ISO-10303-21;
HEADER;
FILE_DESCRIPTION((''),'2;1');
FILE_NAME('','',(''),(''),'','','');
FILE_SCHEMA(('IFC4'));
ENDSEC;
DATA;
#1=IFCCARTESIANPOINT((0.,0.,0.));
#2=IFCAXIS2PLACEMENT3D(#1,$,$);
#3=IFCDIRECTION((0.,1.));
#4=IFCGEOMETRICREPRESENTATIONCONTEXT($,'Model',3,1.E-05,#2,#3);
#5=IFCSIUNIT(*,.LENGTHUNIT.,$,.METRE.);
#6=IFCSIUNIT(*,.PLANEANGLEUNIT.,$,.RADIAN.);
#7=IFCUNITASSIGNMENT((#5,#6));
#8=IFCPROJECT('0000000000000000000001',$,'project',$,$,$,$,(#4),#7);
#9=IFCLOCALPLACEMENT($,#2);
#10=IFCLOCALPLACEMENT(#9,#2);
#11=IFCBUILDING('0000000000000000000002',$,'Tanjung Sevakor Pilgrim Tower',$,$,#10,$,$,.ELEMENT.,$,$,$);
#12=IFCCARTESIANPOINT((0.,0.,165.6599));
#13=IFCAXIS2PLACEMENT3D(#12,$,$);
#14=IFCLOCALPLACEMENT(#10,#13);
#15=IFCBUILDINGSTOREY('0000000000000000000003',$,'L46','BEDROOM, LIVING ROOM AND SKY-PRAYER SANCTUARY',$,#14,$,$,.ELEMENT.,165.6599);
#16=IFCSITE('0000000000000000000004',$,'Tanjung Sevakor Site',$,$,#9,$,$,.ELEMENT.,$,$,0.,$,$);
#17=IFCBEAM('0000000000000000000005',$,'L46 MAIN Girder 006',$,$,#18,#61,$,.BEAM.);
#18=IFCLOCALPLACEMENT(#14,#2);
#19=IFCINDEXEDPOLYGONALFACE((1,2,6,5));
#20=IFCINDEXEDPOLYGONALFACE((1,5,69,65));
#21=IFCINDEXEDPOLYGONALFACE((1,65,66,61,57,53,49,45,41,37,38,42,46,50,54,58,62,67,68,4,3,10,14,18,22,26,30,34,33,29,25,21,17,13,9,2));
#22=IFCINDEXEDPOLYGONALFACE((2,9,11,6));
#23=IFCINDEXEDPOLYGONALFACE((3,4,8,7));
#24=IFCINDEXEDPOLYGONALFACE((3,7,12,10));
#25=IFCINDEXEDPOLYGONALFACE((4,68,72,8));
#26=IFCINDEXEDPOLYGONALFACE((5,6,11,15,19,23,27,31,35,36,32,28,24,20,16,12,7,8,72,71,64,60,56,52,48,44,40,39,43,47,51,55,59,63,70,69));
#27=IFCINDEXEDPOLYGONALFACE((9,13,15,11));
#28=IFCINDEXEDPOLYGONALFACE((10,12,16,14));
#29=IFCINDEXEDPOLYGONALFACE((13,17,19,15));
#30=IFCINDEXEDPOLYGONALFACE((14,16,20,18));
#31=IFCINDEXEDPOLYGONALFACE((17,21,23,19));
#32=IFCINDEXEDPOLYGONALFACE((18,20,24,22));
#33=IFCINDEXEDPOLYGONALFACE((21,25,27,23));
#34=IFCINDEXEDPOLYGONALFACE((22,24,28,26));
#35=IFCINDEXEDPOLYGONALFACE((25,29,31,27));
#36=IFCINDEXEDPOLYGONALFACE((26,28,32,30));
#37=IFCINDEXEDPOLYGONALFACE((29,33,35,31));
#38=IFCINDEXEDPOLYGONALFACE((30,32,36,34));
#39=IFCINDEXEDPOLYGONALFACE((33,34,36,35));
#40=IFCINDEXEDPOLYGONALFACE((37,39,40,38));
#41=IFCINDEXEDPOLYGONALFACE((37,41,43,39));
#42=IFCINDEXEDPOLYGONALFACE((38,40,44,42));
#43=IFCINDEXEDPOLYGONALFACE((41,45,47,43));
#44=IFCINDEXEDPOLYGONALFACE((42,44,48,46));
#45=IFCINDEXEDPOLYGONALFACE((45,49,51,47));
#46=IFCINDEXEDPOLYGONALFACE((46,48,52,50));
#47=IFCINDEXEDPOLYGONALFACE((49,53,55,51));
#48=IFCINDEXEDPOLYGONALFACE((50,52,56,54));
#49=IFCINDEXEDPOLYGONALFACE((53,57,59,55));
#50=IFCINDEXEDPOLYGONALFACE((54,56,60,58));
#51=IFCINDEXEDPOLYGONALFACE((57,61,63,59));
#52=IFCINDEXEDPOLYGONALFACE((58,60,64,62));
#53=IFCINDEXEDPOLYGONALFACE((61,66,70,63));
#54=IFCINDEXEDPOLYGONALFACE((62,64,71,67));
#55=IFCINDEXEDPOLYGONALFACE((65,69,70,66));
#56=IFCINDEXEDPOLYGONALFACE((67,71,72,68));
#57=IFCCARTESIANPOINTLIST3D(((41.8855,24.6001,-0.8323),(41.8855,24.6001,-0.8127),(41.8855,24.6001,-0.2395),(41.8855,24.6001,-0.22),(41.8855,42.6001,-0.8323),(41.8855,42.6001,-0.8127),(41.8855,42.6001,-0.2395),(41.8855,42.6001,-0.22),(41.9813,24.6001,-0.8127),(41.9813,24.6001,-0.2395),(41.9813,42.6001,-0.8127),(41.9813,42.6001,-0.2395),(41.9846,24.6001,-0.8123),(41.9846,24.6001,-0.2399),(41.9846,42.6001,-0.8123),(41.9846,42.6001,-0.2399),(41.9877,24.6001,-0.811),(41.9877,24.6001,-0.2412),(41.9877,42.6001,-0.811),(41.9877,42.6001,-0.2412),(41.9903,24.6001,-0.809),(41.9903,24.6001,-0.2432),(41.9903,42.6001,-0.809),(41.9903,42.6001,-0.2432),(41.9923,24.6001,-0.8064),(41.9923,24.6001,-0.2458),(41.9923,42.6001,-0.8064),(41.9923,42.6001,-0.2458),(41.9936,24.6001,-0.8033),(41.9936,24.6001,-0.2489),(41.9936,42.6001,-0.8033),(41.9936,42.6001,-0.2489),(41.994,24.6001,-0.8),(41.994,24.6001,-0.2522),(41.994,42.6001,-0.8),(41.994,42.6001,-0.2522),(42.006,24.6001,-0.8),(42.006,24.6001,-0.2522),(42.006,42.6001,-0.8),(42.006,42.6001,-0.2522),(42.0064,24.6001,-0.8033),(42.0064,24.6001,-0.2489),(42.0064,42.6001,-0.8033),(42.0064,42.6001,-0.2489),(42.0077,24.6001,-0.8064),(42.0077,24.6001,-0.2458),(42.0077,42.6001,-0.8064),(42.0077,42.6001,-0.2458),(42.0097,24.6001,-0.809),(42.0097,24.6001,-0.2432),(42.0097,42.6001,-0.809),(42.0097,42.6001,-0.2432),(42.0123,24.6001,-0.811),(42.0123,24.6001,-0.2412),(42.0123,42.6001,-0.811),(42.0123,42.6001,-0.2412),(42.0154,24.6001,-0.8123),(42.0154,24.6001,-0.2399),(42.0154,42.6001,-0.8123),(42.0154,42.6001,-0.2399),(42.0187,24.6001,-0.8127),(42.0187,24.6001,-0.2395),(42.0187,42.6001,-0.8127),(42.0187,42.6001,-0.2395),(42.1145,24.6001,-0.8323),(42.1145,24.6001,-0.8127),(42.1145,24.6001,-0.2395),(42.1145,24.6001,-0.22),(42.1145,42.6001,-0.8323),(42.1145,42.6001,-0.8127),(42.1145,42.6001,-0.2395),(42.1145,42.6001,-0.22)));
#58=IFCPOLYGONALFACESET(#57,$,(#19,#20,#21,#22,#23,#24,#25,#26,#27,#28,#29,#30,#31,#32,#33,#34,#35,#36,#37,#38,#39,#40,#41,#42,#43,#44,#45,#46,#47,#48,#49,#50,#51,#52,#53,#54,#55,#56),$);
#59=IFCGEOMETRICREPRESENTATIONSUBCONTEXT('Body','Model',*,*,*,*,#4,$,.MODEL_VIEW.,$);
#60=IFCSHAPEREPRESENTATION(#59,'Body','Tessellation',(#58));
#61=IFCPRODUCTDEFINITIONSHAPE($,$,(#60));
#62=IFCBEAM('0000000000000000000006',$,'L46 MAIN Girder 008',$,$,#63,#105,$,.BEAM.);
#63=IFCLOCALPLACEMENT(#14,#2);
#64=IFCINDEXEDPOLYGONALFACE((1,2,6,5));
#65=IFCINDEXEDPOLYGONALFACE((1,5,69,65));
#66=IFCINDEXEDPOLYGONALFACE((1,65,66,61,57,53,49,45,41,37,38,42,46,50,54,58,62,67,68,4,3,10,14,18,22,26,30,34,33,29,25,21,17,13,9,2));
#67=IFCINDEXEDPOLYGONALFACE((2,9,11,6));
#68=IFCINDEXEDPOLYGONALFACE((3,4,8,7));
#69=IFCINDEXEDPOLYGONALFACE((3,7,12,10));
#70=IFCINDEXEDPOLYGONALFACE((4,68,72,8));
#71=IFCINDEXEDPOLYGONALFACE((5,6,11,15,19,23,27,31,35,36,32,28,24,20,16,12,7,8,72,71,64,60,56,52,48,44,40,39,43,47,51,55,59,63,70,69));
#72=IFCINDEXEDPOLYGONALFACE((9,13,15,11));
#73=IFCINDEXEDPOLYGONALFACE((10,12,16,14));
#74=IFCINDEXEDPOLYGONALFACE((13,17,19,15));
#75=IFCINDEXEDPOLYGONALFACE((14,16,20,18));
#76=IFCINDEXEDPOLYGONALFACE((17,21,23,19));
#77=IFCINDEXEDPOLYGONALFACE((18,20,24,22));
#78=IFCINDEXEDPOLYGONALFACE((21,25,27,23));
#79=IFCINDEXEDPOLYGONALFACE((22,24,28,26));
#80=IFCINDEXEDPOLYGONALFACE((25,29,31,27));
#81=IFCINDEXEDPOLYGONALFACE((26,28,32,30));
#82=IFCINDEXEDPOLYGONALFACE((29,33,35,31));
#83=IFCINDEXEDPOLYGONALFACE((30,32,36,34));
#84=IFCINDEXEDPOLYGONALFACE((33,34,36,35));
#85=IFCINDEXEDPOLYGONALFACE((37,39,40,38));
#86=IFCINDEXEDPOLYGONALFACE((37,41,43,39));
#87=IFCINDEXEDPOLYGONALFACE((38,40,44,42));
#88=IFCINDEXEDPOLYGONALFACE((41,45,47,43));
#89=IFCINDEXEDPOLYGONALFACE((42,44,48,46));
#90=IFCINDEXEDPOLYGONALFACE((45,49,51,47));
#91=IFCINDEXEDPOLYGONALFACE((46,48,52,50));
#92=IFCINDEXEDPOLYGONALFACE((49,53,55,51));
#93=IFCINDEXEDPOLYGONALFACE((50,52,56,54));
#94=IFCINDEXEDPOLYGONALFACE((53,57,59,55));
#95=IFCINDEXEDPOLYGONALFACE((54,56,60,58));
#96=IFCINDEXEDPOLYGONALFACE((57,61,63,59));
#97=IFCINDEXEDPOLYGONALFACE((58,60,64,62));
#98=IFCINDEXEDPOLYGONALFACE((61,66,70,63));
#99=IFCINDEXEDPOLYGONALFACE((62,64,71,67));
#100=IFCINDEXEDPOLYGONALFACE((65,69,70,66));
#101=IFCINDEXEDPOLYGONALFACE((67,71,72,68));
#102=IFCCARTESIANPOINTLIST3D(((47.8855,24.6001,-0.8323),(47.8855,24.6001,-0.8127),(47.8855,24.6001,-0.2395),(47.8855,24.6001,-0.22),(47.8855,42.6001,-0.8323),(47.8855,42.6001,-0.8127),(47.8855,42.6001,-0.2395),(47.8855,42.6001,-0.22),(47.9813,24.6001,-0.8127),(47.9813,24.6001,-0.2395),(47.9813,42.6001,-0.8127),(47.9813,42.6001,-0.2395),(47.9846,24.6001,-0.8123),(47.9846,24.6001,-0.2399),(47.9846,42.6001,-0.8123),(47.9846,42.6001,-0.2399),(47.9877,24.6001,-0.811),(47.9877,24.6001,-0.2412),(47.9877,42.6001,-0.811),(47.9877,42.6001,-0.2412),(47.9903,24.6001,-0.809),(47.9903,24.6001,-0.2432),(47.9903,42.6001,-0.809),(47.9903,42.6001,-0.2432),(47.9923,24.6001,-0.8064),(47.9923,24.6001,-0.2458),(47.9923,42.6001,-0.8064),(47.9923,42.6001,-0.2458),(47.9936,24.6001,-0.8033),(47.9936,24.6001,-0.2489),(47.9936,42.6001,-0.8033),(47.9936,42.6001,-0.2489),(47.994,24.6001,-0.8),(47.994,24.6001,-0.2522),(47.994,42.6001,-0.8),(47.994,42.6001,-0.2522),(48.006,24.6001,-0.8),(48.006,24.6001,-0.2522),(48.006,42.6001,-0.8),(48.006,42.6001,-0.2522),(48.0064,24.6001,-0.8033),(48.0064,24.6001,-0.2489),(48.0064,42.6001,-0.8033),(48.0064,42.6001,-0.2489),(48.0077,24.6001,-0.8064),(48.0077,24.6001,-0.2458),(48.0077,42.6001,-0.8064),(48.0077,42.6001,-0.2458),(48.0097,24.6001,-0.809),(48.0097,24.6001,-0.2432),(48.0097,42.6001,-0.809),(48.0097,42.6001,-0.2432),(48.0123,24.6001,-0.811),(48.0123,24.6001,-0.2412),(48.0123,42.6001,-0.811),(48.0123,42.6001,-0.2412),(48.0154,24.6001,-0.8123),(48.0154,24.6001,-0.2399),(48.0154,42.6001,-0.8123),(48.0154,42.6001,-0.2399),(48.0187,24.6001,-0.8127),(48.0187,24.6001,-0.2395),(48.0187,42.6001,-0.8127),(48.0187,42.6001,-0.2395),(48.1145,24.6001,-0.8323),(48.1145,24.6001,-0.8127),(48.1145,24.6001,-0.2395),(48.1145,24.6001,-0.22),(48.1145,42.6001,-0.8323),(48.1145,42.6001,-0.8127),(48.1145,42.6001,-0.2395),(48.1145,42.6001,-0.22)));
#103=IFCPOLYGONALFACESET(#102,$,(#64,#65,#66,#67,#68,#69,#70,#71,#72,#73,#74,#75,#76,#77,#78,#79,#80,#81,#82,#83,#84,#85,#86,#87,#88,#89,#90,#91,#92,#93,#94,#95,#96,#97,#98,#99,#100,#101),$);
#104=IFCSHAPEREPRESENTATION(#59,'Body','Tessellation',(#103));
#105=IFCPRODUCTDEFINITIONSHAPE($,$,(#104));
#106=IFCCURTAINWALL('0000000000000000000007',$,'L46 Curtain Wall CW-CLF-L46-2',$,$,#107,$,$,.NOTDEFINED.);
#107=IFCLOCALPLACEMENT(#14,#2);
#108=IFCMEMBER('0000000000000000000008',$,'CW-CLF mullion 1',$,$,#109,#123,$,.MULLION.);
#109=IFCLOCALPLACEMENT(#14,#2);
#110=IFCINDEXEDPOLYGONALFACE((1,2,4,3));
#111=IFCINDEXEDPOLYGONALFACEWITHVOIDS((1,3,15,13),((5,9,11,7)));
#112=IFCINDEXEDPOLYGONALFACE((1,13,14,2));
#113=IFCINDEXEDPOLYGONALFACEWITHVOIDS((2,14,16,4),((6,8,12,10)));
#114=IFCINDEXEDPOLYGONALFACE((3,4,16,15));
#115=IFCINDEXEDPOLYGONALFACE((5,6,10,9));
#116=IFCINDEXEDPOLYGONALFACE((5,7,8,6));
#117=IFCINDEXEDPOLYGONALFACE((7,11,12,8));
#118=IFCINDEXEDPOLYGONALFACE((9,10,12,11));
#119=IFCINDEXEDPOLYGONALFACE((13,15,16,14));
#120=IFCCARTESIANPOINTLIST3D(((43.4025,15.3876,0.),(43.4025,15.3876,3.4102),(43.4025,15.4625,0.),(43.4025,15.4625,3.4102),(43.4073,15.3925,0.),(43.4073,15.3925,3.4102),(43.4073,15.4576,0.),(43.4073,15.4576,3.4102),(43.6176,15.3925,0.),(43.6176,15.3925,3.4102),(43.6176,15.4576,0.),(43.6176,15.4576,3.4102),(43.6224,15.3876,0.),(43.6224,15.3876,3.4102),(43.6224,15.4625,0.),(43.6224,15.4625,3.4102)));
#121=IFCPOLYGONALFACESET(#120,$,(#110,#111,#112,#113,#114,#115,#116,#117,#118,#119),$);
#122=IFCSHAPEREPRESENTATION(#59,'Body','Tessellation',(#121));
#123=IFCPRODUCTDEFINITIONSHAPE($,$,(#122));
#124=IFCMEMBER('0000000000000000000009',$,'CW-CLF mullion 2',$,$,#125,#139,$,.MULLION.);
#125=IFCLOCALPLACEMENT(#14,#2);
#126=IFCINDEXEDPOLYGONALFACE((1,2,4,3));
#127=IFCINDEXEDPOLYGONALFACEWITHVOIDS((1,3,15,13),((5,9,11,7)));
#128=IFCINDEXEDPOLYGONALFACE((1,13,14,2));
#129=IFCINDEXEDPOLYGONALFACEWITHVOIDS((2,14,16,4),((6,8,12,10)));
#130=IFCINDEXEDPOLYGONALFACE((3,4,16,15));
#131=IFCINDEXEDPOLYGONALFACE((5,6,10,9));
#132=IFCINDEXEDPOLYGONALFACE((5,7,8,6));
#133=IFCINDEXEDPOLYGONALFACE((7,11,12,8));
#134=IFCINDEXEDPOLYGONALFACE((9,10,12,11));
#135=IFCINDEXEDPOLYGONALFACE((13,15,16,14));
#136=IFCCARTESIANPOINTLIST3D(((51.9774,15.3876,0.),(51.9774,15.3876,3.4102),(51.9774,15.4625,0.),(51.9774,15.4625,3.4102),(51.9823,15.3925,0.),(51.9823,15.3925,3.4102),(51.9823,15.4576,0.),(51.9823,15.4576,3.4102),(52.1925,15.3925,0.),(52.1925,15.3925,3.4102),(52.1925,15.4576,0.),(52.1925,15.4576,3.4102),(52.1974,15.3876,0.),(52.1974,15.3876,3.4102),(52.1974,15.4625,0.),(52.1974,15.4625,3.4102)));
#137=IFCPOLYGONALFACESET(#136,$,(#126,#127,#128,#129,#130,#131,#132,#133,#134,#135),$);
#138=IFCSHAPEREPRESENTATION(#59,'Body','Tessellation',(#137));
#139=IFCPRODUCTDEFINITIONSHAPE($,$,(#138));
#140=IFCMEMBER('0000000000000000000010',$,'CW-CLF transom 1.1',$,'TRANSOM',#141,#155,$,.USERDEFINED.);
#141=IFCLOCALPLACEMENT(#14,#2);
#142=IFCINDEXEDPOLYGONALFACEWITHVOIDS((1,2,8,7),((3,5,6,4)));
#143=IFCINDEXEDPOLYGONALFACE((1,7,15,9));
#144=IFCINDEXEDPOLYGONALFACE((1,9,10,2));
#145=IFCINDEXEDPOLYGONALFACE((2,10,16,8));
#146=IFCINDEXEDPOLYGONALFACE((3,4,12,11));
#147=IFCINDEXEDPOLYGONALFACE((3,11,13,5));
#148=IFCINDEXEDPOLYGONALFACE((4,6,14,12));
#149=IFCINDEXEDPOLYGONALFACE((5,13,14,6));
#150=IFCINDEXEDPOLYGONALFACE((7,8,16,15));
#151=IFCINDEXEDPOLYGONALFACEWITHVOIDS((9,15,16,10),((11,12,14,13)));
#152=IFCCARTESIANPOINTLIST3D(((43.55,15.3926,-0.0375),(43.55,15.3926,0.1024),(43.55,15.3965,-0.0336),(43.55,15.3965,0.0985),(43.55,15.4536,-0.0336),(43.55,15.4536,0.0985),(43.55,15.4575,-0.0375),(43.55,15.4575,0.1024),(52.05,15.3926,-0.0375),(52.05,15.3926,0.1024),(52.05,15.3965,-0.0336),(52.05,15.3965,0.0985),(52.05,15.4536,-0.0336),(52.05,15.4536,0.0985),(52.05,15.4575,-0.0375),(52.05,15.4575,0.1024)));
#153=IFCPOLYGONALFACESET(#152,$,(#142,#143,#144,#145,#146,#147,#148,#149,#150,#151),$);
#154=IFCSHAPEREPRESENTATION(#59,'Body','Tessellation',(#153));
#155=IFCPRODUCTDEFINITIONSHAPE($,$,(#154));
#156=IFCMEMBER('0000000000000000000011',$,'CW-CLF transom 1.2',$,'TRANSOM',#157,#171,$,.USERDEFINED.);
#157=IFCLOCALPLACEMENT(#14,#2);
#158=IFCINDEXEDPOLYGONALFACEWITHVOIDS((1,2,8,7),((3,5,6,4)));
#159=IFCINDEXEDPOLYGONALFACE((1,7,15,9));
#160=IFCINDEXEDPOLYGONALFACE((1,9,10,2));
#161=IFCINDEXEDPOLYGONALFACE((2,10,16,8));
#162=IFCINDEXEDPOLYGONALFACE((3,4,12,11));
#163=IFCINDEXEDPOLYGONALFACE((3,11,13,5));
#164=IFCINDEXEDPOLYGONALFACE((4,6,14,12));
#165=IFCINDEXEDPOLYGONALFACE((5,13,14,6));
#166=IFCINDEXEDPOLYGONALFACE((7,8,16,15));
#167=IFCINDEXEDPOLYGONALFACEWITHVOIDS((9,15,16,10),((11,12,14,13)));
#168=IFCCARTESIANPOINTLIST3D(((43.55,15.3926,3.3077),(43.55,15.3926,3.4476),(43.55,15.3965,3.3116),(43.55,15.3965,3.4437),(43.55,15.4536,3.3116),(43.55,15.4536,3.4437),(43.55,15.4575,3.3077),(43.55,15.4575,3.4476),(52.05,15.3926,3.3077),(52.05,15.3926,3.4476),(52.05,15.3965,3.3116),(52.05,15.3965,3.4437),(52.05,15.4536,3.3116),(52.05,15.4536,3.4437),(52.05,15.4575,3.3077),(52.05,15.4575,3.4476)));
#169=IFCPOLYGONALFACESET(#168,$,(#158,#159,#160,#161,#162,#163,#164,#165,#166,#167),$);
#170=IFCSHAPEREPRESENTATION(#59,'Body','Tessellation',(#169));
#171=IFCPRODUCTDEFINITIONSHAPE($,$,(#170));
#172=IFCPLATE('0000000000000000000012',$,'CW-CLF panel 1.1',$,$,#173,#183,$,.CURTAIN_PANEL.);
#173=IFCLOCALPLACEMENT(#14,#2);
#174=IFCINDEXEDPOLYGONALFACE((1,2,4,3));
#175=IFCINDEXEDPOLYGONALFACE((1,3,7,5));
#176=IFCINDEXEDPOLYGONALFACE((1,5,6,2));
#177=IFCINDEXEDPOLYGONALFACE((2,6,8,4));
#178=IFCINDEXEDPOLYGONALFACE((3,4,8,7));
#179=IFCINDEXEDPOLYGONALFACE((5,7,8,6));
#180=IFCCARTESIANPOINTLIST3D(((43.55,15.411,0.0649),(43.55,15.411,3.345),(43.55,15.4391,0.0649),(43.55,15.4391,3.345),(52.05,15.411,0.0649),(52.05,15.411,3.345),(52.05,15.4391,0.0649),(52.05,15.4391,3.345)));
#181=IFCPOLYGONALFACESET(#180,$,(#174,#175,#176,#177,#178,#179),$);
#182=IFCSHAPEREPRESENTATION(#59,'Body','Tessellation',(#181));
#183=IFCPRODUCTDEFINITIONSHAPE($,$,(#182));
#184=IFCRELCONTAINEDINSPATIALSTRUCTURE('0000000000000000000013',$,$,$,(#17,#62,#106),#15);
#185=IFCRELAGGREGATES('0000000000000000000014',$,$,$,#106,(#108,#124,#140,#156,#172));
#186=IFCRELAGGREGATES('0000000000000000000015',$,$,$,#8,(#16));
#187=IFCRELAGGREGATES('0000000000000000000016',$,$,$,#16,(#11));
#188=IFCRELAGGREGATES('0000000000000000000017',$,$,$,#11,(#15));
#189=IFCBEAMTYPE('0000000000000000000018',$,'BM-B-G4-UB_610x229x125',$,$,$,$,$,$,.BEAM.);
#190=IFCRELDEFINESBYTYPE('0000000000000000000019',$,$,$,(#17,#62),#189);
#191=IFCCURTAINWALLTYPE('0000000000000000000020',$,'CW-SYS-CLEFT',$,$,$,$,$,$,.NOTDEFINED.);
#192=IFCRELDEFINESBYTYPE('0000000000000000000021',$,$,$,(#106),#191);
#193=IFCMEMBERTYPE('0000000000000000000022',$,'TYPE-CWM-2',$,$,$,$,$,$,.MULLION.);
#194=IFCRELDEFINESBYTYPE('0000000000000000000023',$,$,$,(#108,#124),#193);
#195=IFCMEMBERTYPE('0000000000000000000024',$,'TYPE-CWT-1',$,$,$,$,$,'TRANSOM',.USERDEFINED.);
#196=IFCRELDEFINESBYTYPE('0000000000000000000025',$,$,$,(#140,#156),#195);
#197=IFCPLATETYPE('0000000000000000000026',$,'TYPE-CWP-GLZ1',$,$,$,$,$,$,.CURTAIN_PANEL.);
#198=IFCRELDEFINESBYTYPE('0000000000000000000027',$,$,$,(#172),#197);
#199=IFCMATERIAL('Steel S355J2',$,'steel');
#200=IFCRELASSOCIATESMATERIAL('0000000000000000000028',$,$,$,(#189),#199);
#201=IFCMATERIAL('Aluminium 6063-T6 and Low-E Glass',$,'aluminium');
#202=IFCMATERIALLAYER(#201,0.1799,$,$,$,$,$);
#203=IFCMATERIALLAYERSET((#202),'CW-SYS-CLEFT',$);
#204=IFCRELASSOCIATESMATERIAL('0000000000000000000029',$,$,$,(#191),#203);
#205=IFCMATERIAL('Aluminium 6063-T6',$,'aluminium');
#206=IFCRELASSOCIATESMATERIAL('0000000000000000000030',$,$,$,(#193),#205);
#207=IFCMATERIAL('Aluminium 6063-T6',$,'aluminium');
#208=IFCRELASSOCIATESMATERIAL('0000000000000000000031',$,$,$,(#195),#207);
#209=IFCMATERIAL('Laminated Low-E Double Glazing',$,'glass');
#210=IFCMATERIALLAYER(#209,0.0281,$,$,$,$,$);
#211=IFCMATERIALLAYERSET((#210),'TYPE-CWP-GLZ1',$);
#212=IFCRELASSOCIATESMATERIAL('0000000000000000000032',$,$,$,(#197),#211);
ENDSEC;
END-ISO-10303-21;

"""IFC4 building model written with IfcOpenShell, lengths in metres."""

from ifc_helpers import new_model, si_unit, direction, frame, origin, origin_2d, place, context, subcontext, project, spatial, rectangle, hollow_rectangle, i_section, extrude, material, layer, layer_set, material_profile, profile_set, type_object, element, aggregate, save


model = new_model("IFC4")

# Units and contexts
model_context = context("Model", 3, precision=1e-05, world=origin(), true_north=direction((0.0, 1.0)))
body_context = subcontext(model_context, "Body", "Model", "MODEL_VIEW")
ifc_project = project(units=[si_unit("LENGTHUNIT", "METRE"), si_unit("PLANEANGLEUNIT", "RADIAN")], contexts=[model_context])

# Site, building, storey
site_placement = place(None, origin())
site = spatial("IfcSite", under=ifc_project, at=site_placement, Name="Tanjung Sevakor Site", CompositionType="ELEMENT", RefElevation=0.0)
building_placement = place(site_placement, origin())
building = spatial("IfcBuilding", under=site, at=building_placement, Name="Tanjung Sevakor Pilgrim Tower", CompositionType="ELEMENT")
storey_placement = place(building_placement, frame((0.0, 0.0, 165.6599)))
storey = spatial("IfcBuildingStorey", under=building, at=storey_placement, Name="L46", Description="BEDROOM, LIVING ROOM AND SKY-PRAYER SANCTUARY", CompositionType="ELEMENT", Elevation=165.6599)

# Beams
ifc_material_1 = material(Name="Steel S355J2", Category="steel")
ifc_material_profile_1 = material_profile(ifc_material_1, i_section(OverallWidth=0.229, OverallDepth=0.6123, WebThickness=0.012, FlangeThickness=0.0195, FilletRadius=0.0127, at=origin_2d()))
ifc_profile_set_1 = profile_set([ifc_material_profile_1], Name="Steel S355J2")
beam_type_1 = type_object("IfcBeamType", Name="BM-B-G4-UB_610x229x125", PredefinedType="BEAM", material=ifc_profile_set_1)
for number, where, z_axis, x_axis, name in (
    (1, (42.0, 24.6001, -0.5261), (0.0, 1.0, 0.0), (-1.0, 0.0, 0.0), "L46 MAIN Girder 006"),
    (2, (48.0, 24.6001, -0.5261), (0.0, 1.0, 0.0), (-1.0, 0.0, 0.0), "L46 MAIN Girder 008"),
):
    element("IfcBeam", number, at=place(storey_placement, frame(where, z_axis=z_axis, x_axis=x_axis)), inside=storey, type_object=beam_type_1, Name=name, PredefinedType="BEAM", context=body_context, shape_type="SweptSolid", body=[
        extrude(i_section(OverallWidth=0.229, OverallDepth=0.6123, WebThickness=0.012, FlangeThickness=0.0195, FilletRadius=0.0127, at=origin_2d()), origin(), (0.0, 0.0, 1.0), 18.0),
    ])

# Curtain wall, members, plate
ifc_material_2 = material(Name="Aluminium 6063-T6 and Low-E Glass", Category="aluminium")
ifc_layer_1 = layer(ifc_material_2, 0.1799)
ifc_layer_set_1 = layer_set([ifc_layer_1], Name="CW-SYS-CLEFT")
curtain_wall_type = type_object("IfcCurtainWallType", Name="CW-SYS-CLEFT", PredefinedType="NOTDEFINED", material=ifc_layer_set_1)
curtain_wall_placement = place(storey_placement, origin())
curtain_wall = element("IfcCurtainWall", 3, at=curtain_wall_placement, inside=storey, type_object=curtain_wall_type, Name="L46 Curtain Wall CW-CLF-L46-2", PredefinedType="NOTDEFINED")
ifc_material_3 = material(Name="Aluminium 6063-T6", Category="aluminium")
ifc_material_profile_2 = material_profile(ifc_material_3, hollow_rectangle(XDim=0.075, YDim=0.22, WallThickness=0.0049, at=origin_2d()))
ifc_profile_set_2 = profile_set([ifc_material_profile_2], Name="Aluminium 6063-T6")
member_type_1 = type_object("IfcMemberType", Name="TYPE-CWM-2", PredefinedType="MULLION", material=ifc_profile_set_2)
member_1_placement = place(storey_placement, frame((43.5125, 15.425, 0.0), z_axis=(0.0, 0.0, 1.0), x_axis=(0.0, 1.0, 0.0)))
member_1 = element("IfcMember", 4, at=member_1_placement, type_object=member_type_1, Name="CW-CLF mullion 1", PredefinedType="MULLION", context=body_context, shape_type="SweptSolid", body=[
    extrude(hollow_rectangle(XDim=0.075, YDim=0.22, WallThickness=0.0049, at=origin_2d()), origin(), (0.0, 0.0, 1.0), 3.4102),
])
member_2_placement = place(storey_placement, frame((52.0874, 15.425, 0.0), z_axis=(0.0, 0.0, 1.0), x_axis=(0.0, 1.0, 0.0)))
member_2 = element("IfcMember", 5, at=member_2_placement, type_object=member_type_1, Name="CW-CLF mullion 2", PredefinedType="MULLION", context=body_context, shape_type="SweptSolid", body=[
    extrude(hollow_rectangle(XDim=0.075, YDim=0.22, WallThickness=0.0049, at=origin_2d()), origin(), (0.0, 0.0, 1.0), 3.4102),
])
ifc_material_4 = material(Name="Aluminium 6063-T6", Category="aluminium")
ifc_material_profile_3 = material_profile(ifc_material_4, hollow_rectangle(XDim=0.0649, YDim=0.1399, WallThickness=0.0039, at=origin_2d()))
ifc_profile_set_3 = profile_set([ifc_material_profile_3], Name="Aluminium 6063-T6")
member_type_2 = type_object("IfcMemberType", Name="TYPE-CWT-1", ElementType="TRANSOM", PredefinedType="USERDEFINED", material=ifc_profile_set_3)
member_3_placement = place(storey_placement, frame((43.55, 15.425, 0.0325), z_axis=(1.0, 0.0, 0.0), x_axis=(0.0, 1.0, 0.0)))
member_3 = element("IfcMember", 6, at=member_3_placement, type_object=member_type_2, Name="CW-CLF transom 1.1", ObjectType="TRANSOM", PredefinedType="USERDEFINED", context=body_context, shape_type="SweptSolid", body=[
    extrude(hollow_rectangle(XDim=0.0649, YDim=0.1399, WallThickness=0.0039, at=origin_2d()), origin(), (0.0, 0.0, 1.0), 8.5),
])
member_4_placement = place(storey_placement, frame((43.55, 15.425, 3.3777), z_axis=(1.0, 0.0, 0.0), x_axis=(0.0, 1.0, 0.0)))
member_4 = element("IfcMember", 7, at=member_4_placement, type_object=member_type_2, Name="CW-CLF transom 1.2", ObjectType="TRANSOM", PredefinedType="USERDEFINED", context=body_context, shape_type="SweptSolid", body=[
    extrude(hollow_rectangle(XDim=0.0649, YDim=0.1399, WallThickness=0.0039, at=origin_2d()), origin(), (0.0, 0.0, 1.0), 8.5),
])
ifc_material_5 = material(Name="Laminated Low-E Double Glazing", Category="glass")
ifc_layer_2 = layer(ifc_material_5, 0.0281)
ifc_layer_set_2 = layer_set([ifc_layer_2], Name="TYPE-CWP-GLZ1")
plate_type = type_object("IfcPlateType", Name="TYPE-CWP-GLZ1", PredefinedType="CURTAIN_PANEL", material=ifc_layer_set_2)
plate_placement = place(storey_placement, frame((47.8, 15.425, 0.0649), z_axis=(0.0, 0.0, 1.0), x_axis=(1.0, 0.0, 0.0)))
plate = element("IfcPlate", 8, at=plate_placement, type_object=plate_type, Name="CW-CLF panel 1.1", PredefinedType="CURTAIN_PANEL", context=body_context, shape_type="SweptSolid", body=[
    extrude(rectangle(XDim=8.5, YDim=0.0281, at=origin_2d()), origin(), (0.0, 0.0, 1.0), 3.28),
])
aggregate(curtain_wall, [member_1, member_2, member_3, member_4, plate])

save(model, "model.ifc")
